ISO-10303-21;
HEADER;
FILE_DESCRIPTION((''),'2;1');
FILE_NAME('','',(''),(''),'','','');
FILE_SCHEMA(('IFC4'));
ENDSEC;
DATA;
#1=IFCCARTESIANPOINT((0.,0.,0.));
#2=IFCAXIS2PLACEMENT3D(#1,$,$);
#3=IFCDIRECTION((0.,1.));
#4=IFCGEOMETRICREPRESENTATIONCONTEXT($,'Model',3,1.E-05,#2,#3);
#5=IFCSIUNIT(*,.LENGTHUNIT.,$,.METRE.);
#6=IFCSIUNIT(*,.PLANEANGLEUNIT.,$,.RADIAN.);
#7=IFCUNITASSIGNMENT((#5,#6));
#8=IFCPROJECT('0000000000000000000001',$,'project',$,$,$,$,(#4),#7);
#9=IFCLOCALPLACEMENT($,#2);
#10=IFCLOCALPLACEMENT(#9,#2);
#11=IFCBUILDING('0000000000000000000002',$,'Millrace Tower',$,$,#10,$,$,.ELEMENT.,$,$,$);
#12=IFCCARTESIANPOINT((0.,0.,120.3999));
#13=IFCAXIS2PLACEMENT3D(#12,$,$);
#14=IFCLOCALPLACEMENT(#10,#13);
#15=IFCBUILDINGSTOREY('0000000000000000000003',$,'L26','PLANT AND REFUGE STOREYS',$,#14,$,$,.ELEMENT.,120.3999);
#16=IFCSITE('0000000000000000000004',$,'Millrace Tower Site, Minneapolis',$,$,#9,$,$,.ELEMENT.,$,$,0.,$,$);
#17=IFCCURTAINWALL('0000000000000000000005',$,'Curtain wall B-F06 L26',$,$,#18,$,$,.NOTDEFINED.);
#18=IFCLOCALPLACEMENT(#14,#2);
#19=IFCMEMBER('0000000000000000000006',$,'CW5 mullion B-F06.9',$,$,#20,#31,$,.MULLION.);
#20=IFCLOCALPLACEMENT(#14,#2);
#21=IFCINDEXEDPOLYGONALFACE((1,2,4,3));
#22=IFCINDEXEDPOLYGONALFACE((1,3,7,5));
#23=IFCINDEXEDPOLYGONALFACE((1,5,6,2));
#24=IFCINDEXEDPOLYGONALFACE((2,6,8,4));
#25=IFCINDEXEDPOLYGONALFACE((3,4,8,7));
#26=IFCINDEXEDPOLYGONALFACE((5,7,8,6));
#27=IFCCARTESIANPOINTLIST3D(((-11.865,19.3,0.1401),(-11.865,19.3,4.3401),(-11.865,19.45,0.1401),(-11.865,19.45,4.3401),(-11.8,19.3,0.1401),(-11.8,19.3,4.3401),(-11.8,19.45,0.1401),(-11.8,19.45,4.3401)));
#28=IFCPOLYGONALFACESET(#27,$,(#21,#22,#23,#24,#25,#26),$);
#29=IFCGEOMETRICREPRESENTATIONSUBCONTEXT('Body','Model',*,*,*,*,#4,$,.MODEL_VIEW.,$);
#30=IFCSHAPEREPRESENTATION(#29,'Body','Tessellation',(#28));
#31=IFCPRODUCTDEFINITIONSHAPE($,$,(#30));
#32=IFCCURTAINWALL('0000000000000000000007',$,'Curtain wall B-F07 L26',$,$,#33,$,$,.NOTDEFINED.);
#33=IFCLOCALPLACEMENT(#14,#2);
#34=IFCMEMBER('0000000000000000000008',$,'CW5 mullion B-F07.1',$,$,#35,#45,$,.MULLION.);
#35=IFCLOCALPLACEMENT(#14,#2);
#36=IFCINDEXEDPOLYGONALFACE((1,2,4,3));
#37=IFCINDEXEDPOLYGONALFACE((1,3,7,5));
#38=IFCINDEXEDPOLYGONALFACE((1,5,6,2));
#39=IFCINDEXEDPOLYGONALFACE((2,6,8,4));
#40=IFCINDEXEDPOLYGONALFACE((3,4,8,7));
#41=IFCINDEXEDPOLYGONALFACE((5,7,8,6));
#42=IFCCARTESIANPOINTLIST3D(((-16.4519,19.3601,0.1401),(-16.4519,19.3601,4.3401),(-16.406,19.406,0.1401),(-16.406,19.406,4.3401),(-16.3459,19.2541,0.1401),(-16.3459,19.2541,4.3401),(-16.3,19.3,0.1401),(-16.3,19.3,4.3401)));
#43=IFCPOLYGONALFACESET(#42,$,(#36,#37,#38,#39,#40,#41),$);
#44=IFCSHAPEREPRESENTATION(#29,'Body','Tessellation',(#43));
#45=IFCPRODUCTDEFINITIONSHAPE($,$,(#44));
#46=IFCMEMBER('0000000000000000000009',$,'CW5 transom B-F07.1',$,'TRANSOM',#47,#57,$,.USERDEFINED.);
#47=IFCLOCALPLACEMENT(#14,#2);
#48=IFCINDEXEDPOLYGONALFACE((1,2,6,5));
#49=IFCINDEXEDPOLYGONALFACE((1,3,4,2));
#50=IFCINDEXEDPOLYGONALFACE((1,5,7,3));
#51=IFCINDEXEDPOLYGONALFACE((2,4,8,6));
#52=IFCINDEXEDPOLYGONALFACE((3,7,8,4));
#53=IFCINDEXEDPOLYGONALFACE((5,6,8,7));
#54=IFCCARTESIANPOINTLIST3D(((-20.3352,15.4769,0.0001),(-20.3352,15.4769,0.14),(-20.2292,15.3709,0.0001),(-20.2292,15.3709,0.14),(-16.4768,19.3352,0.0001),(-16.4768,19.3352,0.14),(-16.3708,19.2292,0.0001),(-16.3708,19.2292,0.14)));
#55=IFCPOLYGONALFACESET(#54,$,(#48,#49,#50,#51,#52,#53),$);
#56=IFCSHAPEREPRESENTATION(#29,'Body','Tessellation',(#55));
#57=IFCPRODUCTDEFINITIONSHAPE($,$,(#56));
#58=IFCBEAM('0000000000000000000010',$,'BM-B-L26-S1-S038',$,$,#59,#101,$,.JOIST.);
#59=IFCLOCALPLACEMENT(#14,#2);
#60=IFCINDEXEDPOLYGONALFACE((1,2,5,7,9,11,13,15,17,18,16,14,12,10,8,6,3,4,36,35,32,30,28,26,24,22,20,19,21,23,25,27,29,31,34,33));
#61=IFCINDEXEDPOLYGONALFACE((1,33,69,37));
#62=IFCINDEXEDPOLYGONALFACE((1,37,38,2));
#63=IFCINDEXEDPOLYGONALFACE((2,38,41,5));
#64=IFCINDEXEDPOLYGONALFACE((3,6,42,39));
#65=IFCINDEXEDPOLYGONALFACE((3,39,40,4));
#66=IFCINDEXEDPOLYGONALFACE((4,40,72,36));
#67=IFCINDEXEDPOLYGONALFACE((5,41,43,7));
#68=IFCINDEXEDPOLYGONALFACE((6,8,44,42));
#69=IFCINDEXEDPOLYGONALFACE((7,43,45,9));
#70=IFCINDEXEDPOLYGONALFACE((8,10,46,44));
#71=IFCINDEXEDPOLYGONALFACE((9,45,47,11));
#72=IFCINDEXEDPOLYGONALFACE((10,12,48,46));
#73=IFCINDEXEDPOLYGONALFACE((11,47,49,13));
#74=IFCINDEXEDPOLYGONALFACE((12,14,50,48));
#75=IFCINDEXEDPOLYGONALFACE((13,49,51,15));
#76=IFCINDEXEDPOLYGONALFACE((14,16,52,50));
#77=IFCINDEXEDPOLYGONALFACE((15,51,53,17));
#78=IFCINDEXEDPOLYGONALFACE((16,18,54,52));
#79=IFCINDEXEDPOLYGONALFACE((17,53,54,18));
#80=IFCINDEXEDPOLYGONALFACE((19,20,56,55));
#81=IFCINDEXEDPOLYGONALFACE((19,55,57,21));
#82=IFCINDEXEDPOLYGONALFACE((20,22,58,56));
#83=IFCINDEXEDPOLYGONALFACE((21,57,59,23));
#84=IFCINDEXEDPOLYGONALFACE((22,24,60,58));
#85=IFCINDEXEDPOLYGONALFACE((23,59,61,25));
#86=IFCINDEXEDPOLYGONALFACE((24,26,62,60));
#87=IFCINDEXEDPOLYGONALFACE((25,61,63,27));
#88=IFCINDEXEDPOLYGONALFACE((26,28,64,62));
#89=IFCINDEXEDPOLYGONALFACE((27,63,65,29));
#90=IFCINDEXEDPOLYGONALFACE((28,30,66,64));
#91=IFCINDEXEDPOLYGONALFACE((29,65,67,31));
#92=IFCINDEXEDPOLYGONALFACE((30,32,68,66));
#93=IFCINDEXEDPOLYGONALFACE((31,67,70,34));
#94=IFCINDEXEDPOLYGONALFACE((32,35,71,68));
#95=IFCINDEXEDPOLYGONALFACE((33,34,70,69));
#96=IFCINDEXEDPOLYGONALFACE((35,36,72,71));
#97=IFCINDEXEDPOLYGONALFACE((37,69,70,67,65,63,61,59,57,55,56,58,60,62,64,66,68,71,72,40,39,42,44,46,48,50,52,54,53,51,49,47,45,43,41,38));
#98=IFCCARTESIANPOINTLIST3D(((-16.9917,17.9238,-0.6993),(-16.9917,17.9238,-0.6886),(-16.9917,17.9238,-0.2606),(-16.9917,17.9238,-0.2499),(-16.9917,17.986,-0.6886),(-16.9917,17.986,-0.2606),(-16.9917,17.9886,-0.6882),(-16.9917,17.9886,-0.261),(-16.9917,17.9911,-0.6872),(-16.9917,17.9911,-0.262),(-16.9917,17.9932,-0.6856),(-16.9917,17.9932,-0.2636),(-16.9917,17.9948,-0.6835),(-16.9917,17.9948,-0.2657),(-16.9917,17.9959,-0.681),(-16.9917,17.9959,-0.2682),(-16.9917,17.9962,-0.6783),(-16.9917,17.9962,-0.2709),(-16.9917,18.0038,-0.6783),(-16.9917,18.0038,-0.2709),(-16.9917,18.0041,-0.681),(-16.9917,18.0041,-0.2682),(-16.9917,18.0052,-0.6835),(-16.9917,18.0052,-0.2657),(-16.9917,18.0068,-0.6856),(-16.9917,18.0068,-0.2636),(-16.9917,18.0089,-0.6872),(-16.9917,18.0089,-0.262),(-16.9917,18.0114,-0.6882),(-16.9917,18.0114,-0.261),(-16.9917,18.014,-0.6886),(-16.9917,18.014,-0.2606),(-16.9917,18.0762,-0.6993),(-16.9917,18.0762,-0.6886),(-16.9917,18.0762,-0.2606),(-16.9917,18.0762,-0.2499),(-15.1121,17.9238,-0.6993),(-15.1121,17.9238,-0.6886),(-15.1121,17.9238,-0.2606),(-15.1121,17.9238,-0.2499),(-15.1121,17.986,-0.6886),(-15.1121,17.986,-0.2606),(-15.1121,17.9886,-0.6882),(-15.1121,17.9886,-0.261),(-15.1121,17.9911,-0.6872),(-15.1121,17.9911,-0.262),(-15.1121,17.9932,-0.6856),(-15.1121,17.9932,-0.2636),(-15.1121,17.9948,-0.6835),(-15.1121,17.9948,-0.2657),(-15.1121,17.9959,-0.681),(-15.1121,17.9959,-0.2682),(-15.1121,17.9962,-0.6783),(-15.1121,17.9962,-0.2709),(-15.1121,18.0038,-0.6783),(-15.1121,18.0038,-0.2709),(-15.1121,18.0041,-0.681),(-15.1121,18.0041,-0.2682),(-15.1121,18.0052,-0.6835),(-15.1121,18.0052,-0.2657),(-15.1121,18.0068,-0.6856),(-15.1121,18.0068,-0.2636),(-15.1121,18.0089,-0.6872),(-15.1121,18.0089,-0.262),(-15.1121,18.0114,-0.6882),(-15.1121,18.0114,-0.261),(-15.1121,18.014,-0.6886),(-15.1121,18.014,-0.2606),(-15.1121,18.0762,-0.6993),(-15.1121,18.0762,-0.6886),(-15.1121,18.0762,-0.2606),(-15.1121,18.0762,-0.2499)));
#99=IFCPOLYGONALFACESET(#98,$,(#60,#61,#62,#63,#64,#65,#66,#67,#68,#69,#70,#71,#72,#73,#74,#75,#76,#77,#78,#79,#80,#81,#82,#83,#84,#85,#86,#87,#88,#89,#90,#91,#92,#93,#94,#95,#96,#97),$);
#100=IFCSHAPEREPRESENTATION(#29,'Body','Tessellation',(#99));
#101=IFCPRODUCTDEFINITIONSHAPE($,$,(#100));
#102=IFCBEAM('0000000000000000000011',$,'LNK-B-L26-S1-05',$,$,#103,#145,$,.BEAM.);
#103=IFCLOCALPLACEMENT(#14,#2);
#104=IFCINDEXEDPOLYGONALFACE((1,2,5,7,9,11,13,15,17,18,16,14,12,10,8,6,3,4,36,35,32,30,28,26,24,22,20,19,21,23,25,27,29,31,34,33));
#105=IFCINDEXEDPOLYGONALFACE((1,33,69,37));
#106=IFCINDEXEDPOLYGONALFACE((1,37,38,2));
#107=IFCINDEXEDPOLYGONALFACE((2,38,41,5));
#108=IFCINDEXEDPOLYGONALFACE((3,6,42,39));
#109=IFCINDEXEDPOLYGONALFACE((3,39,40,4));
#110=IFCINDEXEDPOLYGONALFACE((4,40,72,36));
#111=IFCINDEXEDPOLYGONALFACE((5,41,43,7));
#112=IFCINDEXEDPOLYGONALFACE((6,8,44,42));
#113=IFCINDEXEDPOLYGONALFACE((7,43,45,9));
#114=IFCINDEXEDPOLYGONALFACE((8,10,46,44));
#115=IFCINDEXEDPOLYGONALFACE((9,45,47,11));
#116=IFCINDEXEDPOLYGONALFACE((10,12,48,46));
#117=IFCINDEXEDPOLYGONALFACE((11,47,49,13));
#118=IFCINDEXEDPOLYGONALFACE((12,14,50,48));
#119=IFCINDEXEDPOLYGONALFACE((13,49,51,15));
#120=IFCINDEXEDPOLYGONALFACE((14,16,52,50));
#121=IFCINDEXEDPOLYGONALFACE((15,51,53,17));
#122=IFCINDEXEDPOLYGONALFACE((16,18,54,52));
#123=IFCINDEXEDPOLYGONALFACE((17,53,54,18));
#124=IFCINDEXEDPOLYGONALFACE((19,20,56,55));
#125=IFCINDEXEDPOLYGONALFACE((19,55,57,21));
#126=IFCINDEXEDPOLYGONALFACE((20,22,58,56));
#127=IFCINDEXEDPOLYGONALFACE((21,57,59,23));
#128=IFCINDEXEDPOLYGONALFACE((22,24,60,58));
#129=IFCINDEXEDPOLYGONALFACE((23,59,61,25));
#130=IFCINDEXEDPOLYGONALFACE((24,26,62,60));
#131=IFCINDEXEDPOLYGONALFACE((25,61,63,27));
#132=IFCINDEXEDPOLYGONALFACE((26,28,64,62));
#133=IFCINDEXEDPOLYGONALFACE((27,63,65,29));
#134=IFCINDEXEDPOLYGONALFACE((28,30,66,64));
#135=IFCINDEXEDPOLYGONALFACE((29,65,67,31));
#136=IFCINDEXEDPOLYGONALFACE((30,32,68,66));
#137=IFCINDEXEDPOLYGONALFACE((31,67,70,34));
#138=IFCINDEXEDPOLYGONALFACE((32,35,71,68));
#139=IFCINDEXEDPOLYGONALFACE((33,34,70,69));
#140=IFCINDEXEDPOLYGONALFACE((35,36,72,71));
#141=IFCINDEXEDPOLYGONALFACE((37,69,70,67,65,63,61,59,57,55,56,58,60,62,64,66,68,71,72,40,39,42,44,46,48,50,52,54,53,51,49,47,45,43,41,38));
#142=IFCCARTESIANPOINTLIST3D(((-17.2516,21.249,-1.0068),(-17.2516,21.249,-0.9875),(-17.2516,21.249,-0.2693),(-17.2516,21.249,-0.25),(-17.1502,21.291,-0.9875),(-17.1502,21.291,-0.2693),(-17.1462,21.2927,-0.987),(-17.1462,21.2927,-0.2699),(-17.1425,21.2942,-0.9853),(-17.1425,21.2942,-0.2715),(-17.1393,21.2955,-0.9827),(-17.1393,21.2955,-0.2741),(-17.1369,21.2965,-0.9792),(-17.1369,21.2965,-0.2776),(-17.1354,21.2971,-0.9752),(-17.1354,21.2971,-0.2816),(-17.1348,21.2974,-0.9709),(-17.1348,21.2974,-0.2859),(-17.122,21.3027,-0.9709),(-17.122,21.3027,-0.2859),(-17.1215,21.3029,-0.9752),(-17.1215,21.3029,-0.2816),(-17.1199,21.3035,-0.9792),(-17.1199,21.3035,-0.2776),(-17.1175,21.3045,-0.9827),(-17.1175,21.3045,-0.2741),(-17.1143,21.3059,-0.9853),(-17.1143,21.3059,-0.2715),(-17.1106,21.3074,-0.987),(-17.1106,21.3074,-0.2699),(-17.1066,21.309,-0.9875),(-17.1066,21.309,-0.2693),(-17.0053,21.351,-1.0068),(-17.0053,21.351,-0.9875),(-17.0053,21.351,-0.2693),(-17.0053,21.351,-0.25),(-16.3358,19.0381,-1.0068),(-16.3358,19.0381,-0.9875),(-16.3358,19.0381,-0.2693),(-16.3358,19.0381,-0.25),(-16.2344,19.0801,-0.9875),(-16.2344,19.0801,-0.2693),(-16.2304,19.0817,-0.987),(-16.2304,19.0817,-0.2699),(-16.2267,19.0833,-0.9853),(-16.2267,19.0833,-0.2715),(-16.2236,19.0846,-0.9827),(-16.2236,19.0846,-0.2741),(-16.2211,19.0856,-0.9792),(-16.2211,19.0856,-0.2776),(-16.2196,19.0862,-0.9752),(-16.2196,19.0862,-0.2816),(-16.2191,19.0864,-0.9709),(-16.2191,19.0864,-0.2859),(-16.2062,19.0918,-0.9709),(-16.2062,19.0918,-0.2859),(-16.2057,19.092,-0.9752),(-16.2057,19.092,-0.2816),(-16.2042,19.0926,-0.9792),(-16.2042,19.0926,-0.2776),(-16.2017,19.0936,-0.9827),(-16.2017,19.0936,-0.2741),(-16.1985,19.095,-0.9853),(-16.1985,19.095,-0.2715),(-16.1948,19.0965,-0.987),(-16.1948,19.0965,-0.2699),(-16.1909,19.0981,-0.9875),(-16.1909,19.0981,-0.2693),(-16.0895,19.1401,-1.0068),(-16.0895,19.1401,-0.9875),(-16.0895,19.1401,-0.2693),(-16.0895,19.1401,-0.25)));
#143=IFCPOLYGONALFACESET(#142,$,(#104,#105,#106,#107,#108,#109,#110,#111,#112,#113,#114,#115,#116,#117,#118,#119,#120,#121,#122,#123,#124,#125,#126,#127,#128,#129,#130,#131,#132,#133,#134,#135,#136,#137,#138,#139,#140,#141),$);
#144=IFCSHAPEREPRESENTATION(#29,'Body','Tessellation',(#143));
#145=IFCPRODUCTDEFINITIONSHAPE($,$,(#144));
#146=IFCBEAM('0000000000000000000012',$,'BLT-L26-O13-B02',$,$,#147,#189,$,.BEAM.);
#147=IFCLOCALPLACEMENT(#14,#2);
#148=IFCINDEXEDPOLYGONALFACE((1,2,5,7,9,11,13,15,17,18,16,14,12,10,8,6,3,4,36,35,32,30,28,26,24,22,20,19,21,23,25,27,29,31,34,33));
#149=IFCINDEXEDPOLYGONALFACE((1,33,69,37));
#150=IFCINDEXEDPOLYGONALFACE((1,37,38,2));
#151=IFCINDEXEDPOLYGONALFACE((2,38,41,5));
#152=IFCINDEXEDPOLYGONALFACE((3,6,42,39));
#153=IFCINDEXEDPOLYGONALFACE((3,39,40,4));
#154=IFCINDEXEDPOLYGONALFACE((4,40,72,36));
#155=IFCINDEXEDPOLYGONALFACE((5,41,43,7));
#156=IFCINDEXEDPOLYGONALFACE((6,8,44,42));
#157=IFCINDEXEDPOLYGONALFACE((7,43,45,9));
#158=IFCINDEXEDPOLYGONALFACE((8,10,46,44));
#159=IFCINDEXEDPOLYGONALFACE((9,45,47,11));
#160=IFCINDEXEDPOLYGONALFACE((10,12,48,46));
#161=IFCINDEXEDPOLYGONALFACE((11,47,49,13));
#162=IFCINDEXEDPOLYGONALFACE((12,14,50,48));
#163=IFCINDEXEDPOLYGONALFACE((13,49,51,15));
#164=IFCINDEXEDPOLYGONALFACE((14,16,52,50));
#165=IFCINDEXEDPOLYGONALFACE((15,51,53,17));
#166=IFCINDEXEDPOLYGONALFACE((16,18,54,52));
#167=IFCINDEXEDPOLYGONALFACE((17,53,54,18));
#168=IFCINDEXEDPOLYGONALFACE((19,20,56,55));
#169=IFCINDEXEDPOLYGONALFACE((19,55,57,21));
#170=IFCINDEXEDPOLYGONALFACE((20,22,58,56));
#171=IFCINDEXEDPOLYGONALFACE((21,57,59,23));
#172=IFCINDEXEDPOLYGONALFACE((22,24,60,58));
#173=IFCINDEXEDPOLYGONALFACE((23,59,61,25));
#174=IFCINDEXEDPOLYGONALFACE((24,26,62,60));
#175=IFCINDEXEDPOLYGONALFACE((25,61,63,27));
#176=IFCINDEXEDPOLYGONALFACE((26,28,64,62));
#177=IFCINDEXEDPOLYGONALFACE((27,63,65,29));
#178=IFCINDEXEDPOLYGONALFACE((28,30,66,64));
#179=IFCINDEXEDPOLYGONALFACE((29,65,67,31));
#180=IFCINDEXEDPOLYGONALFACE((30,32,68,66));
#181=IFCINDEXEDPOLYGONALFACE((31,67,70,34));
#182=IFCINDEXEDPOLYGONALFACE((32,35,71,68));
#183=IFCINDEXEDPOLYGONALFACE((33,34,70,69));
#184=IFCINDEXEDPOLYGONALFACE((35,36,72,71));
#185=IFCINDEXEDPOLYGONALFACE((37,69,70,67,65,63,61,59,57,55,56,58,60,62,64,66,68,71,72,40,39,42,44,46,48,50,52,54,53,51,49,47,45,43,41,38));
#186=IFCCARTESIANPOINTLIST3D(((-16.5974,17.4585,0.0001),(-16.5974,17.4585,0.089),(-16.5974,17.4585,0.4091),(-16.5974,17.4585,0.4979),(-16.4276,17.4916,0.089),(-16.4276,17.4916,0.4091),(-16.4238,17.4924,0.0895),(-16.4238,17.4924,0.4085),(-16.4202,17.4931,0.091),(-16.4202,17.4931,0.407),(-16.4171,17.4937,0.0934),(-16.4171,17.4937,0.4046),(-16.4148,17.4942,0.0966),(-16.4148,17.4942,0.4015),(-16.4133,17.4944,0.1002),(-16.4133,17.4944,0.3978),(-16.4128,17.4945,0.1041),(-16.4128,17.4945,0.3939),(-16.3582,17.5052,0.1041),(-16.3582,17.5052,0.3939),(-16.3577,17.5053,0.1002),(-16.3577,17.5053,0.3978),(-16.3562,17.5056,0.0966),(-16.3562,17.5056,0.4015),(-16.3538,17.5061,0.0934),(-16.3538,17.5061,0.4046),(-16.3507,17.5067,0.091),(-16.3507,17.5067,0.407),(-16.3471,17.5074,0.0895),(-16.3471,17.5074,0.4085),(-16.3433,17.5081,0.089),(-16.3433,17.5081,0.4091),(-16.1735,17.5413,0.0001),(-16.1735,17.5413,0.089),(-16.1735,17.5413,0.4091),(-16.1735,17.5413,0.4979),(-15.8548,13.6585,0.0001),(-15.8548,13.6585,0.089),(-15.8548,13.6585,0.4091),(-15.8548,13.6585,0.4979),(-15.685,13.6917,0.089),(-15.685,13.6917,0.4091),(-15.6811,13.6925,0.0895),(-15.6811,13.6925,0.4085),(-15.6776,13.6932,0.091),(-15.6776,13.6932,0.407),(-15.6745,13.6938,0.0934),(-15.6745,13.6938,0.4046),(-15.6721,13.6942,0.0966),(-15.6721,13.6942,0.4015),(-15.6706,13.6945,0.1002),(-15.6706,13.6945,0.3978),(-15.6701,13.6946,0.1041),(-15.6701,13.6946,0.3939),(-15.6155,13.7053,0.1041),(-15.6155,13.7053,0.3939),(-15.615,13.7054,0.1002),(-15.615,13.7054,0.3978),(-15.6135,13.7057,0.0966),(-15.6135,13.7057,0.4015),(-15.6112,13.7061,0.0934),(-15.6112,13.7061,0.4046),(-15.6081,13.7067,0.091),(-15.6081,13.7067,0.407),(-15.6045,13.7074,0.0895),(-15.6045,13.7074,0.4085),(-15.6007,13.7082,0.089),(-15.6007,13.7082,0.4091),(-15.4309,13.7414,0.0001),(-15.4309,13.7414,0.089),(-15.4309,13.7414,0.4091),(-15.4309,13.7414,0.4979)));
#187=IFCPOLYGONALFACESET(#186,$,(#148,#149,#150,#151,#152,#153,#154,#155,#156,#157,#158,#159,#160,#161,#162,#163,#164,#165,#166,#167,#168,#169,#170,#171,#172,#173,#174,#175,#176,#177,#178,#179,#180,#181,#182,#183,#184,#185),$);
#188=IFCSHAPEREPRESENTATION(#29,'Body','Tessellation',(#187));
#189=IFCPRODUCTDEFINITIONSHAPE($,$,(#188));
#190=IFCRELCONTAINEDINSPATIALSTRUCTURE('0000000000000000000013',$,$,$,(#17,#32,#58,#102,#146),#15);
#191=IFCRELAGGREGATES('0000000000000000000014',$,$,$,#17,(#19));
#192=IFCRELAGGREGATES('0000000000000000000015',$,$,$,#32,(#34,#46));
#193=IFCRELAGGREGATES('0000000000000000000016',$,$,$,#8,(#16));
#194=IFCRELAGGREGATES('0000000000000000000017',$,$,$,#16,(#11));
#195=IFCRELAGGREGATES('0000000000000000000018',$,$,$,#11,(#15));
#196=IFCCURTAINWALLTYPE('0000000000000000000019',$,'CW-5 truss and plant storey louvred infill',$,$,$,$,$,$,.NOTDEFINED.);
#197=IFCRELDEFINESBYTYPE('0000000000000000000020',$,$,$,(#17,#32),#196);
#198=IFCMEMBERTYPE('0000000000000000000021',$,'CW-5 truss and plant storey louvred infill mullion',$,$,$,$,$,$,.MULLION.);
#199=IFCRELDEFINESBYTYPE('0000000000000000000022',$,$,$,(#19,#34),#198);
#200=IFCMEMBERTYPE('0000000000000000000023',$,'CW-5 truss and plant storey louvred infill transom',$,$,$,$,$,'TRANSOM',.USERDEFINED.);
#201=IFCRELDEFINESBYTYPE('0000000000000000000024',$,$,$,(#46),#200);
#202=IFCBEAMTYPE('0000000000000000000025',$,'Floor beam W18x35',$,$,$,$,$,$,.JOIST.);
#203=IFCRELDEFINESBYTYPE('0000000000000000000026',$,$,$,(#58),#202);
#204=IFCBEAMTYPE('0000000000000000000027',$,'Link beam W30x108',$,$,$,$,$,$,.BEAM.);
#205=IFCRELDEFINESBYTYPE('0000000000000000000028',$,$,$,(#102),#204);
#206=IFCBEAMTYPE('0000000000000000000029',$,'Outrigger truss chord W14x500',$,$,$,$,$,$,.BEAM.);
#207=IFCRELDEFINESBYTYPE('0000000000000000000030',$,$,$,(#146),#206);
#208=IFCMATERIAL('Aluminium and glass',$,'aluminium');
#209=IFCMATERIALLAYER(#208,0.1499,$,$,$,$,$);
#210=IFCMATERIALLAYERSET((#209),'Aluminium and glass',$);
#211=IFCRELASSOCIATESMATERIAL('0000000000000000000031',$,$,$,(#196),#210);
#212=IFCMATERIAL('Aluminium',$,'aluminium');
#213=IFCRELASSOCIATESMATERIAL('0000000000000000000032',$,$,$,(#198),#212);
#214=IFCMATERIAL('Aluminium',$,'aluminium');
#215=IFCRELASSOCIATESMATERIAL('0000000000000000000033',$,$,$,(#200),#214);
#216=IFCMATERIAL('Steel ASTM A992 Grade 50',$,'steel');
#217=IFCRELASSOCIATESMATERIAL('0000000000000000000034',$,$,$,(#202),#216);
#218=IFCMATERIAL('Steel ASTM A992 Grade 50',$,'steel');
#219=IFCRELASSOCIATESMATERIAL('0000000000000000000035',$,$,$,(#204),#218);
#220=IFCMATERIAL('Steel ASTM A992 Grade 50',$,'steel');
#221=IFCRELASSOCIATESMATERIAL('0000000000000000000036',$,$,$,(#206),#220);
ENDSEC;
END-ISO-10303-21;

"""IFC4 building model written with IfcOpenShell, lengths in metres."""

from ifc_helpers import new_model, si_unit, direction, frame, origin, origin_2d, place, context, subcontext, project, spatial, rectangle, i_section, extrude, material, layer, layer_set, material_profile, profile_set, type_object, element, aggregate, save


model = new_model("IFC4")

# Units and contexts
model_context = context("Model", 3, precision=1e-05, world=origin(), true_north=direction((0.0, 1.0)))
body_context = subcontext(model_context, "Body", "Model", "MODEL_VIEW")
ifc_project = project(units=[si_unit("LENGTHUNIT", "METRE"), si_unit("PLANEANGLEUNIT", "RADIAN")], contexts=[model_context])

# Site, building, storey
site_placement = place(None, origin())
site = spatial("IfcSite", under=ifc_project, at=site_placement, Name="Millrace Tower Site, Minneapolis", CompositionType="ELEMENT", RefElevation=0.0)
building_placement = place(site_placement, origin())
building = spatial("IfcBuilding", under=site, at=building_placement, Name="Millrace Tower", CompositionType="ELEMENT")
storey_placement = place(building_placement, frame((0.0, 0.0, 120.3999)))
storey = spatial("IfcBuildingStorey", under=building, at=storey_placement, Name="L26", Description="PLANT AND REFUGE STOREYS", CompositionType="ELEMENT", Elevation=120.3999)

# Curtain wall, member
ifc_material_1 = material(Name="Aluminium and glass", Category="aluminium")
ifc_layer_1 = layer(ifc_material_1, 0.1499)
ifc_layer_set_1 = layer_set([ifc_layer_1], Name="Aluminium and glass")
curtain_wall_type = type_object("IfcCurtainWallType", Name="CW-5 truss and plant storey louvred infill", PredefinedType="NOTDEFINED", material=ifc_layer_set_1)
placement = place(storey_placement, origin())
curtain_wall_1 = element("IfcCurtainWall", 1, at=placement, inside=storey, type_object=curtain_wall_type, Name="Curtain wall B-F06 L26", PredefinedType="NOTDEFINED")
ifc_material_2 = material(Name="Aluminium", Category="aluminium")
ifc_material_profile_1 = material_profile(ifc_material_2, rectangle(XDim=0.0649, YDim=0.1499, at=origin_2d()))
ifc_profile_set_1 = profile_set([ifc_material_profile_1], Name="Aluminium")
member_type_1 = type_object("IfcMemberType", Name="CW-5 truss and plant storey louvred infill mullion", PredefinedType="MULLION", material=ifc_profile_set_1)
member_1_placement = place(storey_placement, frame((-11.8325, 19.375, 0.1401), z_axis=(0.0, 0.0, 1.0), x_axis=(-1.0, 0.0, 0.0)))
member_1 = element("IfcMember", 2, at=member_1_placement, type_object=member_type_1, Name="CW5 mullion B-F06.9", PredefinedType="MULLION", context=body_context, shape_type="SweptSolid", body=[
    extrude(rectangle(XDim=0.0649, YDim=0.1499, at=origin_2d()), origin(), (0.0, 0.0, 1.0), 4.2),
])
aggregate(curtain_wall_1, [member_1])

# Curtain wall, members
curtain_wall_2 = element("IfcCurtainWall", 3, at=placement, inside=storey, type_object=curtain_wall_type, Name="Curtain wall B-F07 L26", PredefinedType="NOTDEFINED")
member_2_placement = place(storey_placement, frame((-16.376, 19.3301, 0.1401), z_axis=(0.0, 0.0, 1.0), x_axis=(-0.707107, -0.707107, 0.0)))
member_2 = element("IfcMember", 4, at=member_2_placement, type_object=member_type_1, Name="CW5 mullion B-F07.1", PredefinedType="MULLION", context=body_context, shape_type="SweptSolid", body=[
    extrude(rectangle(XDim=0.0649, YDim=0.1499, at=origin_2d()), origin(), (0.0, 0.0, 1.0), 4.2),
])
ifc_material_3 = material(Name="Aluminium", Category="aluminium")
ifc_material_profile_2 = material_profile(ifc_material_3, rectangle(XDim=0.1499, YDim=0.1399, at=origin_2d()))
ifc_profile_set_2 = profile_set([ifc_material_profile_2], Name="Aluminium")
member_type_2 = type_object("IfcMemberType", Name="CW-5 truss and plant storey louvred infill transom", ElementType="TRANSOM", PredefinedType="USERDEFINED", material=ifc_profile_set_2)
member_3_placement = place(storey_placement, frame((-16.4238, 19.2822, 0.0701), z_axis=(-0.707107, -0.707107, 0.0), x_axis=(0.707107, -0.707107, 0.0)))
member_3 = element("IfcMember", 5, at=member_3_placement, type_object=member_type_2, Name="CW5 transom B-F07.1", ObjectType="TRANSOM", PredefinedType="USERDEFINED", context=body_context, shape_type="SweptSolid", body=[
    extrude(rectangle(XDim=0.1499, YDim=0.1399, at=origin_2d()), origin(), (0.0, 0.0, 1.0), 5.4565),
])
aggregate(curtain_wall_2, [member_2, member_3])

# Beams
ifc_material_4 = material(Name="Steel ASTM A992 Grade 50", Category="steel")
ifc_material_profile_3 = material_profile(ifc_material_4, i_section(OverallWidth=0.1523, OverallDepth=0.4495, WebThickness=0.0076, FlangeThickness=0.0107, FilletRadius=0.0103, at=origin_2d()))
ifc_profile_set_3 = profile_set([ifc_material_profile_3], Name="Steel ASTM A992 Grade 50")
beam_type_1 = type_object("IfcBeamType", Name="Floor beam W18x35", PredefinedType="JOIST", material=ifc_profile_set_3)
beam_1_placement = place(storey_placement, frame((-16.9917, 18.0, -0.4746), z_axis=(1.0, 0.0, 0.0), x_axis=(0.0, 1.0, 0.0)))
element("IfcBeam", 6, at=beam_1_placement, inside=storey, type_object=beam_type_1, Name="BM-B-L26-S1-S038", PredefinedType="JOIST", context=body_context, shape_type="SweptSolid", body=[
    extrude(i_section(OverallWidth=0.1523, OverallDepth=0.4495, WebThickness=0.0076, FlangeThickness=0.0107, FilletRadius=0.0103, at=origin_2d()), origin(), (0.0, 0.0, 1.0), 1.8796),
])
ifc_material_5 = material(Name="Steel ASTM A992 Grade 50", Category="steel")
ifc_material_profile_4 = material_profile(ifc_material_5, i_section(OverallWidth=0.2666, OverallDepth=0.7568, WebThickness=0.0139, FlangeThickness=0.0193, FilletRadius=0.0166, at=origin_2d()))
ifc_profile_set_4 = profile_set([ifc_material_profile_4], Name="Steel ASTM A992 Grade 50")
beam_type_2 = type_object("IfcBeamType", Name="Link beam W30x108", PredefinedType="BEAM", material=ifc_profile_set_4)
beam_2_placement = place(storey_placement, frame((-16.2126, 19.0891, -0.6284), z_axis=(-0.382673, 0.923884, 0.0), x_axis=(-0.923884, -0.382673, 0.0)))
element("IfcBeam", 7, at=beam_2_placement, inside=storey, type_object=beam_type_2, Name="LNK-B-L26-S1-05", PredefinedType="BEAM", context=body_context, shape_type="SweptSolid", body=[
    extrude(i_section(OverallWidth=0.2666, OverallDepth=0.7568, WebThickness=0.0139, FlangeThickness=0.0193, FilletRadius=0.0166, at=origin_2d()), origin(), (0.0, 0.0, 1.0), 2.3931),
])
ifc_material_6 = material(Name="Steel ASTM A992 Grade 50", Category="steel")
ifc_material_profile_5 = material_profile(ifc_material_6, i_section(OverallWidth=0.4319, OverallDepth=0.4978, WebThickness=0.0557, FlangeThickness=0.0889, FilletRadius=0.0151, at=origin_2d()))
ifc_profile_set_5 = profile_set([ifc_material_profile_5], Name="Steel ASTM A992 Grade 50")
beam_type_3 = type_object("IfcBeamType", Name="Outrigger truss chord W14x500", PredefinedType="BEAM", material=ifc_profile_set_5)
for number, where, z_axis, x_axis, name in (
    (8, (-15.6428, 13.7, 0.249), (-0.19181, 0.981432, 0.0), (-0.981432, -0.19181, 0.0), "BLT-L26-O13-B02"),
):
    element("IfcBeam", number, at=place(storey_placement, frame(where, z_axis=z_axis, x_axis=x_axis)), inside=storey, type_object=beam_type_3, Name=name, PredefinedType="BEAM", context=body_context, shape_type="SweptSolid", body=[
        extrude(i_section(OverallWidth=0.4319, OverallDepth=0.4978, WebThickness=0.0557, FlangeThickness=0.0889, FilletRadius=0.0151, at=origin_2d()), origin(), (0.0, 0.0, 1.0), 3.8718),
    ])

save(model, "model.ifc")
